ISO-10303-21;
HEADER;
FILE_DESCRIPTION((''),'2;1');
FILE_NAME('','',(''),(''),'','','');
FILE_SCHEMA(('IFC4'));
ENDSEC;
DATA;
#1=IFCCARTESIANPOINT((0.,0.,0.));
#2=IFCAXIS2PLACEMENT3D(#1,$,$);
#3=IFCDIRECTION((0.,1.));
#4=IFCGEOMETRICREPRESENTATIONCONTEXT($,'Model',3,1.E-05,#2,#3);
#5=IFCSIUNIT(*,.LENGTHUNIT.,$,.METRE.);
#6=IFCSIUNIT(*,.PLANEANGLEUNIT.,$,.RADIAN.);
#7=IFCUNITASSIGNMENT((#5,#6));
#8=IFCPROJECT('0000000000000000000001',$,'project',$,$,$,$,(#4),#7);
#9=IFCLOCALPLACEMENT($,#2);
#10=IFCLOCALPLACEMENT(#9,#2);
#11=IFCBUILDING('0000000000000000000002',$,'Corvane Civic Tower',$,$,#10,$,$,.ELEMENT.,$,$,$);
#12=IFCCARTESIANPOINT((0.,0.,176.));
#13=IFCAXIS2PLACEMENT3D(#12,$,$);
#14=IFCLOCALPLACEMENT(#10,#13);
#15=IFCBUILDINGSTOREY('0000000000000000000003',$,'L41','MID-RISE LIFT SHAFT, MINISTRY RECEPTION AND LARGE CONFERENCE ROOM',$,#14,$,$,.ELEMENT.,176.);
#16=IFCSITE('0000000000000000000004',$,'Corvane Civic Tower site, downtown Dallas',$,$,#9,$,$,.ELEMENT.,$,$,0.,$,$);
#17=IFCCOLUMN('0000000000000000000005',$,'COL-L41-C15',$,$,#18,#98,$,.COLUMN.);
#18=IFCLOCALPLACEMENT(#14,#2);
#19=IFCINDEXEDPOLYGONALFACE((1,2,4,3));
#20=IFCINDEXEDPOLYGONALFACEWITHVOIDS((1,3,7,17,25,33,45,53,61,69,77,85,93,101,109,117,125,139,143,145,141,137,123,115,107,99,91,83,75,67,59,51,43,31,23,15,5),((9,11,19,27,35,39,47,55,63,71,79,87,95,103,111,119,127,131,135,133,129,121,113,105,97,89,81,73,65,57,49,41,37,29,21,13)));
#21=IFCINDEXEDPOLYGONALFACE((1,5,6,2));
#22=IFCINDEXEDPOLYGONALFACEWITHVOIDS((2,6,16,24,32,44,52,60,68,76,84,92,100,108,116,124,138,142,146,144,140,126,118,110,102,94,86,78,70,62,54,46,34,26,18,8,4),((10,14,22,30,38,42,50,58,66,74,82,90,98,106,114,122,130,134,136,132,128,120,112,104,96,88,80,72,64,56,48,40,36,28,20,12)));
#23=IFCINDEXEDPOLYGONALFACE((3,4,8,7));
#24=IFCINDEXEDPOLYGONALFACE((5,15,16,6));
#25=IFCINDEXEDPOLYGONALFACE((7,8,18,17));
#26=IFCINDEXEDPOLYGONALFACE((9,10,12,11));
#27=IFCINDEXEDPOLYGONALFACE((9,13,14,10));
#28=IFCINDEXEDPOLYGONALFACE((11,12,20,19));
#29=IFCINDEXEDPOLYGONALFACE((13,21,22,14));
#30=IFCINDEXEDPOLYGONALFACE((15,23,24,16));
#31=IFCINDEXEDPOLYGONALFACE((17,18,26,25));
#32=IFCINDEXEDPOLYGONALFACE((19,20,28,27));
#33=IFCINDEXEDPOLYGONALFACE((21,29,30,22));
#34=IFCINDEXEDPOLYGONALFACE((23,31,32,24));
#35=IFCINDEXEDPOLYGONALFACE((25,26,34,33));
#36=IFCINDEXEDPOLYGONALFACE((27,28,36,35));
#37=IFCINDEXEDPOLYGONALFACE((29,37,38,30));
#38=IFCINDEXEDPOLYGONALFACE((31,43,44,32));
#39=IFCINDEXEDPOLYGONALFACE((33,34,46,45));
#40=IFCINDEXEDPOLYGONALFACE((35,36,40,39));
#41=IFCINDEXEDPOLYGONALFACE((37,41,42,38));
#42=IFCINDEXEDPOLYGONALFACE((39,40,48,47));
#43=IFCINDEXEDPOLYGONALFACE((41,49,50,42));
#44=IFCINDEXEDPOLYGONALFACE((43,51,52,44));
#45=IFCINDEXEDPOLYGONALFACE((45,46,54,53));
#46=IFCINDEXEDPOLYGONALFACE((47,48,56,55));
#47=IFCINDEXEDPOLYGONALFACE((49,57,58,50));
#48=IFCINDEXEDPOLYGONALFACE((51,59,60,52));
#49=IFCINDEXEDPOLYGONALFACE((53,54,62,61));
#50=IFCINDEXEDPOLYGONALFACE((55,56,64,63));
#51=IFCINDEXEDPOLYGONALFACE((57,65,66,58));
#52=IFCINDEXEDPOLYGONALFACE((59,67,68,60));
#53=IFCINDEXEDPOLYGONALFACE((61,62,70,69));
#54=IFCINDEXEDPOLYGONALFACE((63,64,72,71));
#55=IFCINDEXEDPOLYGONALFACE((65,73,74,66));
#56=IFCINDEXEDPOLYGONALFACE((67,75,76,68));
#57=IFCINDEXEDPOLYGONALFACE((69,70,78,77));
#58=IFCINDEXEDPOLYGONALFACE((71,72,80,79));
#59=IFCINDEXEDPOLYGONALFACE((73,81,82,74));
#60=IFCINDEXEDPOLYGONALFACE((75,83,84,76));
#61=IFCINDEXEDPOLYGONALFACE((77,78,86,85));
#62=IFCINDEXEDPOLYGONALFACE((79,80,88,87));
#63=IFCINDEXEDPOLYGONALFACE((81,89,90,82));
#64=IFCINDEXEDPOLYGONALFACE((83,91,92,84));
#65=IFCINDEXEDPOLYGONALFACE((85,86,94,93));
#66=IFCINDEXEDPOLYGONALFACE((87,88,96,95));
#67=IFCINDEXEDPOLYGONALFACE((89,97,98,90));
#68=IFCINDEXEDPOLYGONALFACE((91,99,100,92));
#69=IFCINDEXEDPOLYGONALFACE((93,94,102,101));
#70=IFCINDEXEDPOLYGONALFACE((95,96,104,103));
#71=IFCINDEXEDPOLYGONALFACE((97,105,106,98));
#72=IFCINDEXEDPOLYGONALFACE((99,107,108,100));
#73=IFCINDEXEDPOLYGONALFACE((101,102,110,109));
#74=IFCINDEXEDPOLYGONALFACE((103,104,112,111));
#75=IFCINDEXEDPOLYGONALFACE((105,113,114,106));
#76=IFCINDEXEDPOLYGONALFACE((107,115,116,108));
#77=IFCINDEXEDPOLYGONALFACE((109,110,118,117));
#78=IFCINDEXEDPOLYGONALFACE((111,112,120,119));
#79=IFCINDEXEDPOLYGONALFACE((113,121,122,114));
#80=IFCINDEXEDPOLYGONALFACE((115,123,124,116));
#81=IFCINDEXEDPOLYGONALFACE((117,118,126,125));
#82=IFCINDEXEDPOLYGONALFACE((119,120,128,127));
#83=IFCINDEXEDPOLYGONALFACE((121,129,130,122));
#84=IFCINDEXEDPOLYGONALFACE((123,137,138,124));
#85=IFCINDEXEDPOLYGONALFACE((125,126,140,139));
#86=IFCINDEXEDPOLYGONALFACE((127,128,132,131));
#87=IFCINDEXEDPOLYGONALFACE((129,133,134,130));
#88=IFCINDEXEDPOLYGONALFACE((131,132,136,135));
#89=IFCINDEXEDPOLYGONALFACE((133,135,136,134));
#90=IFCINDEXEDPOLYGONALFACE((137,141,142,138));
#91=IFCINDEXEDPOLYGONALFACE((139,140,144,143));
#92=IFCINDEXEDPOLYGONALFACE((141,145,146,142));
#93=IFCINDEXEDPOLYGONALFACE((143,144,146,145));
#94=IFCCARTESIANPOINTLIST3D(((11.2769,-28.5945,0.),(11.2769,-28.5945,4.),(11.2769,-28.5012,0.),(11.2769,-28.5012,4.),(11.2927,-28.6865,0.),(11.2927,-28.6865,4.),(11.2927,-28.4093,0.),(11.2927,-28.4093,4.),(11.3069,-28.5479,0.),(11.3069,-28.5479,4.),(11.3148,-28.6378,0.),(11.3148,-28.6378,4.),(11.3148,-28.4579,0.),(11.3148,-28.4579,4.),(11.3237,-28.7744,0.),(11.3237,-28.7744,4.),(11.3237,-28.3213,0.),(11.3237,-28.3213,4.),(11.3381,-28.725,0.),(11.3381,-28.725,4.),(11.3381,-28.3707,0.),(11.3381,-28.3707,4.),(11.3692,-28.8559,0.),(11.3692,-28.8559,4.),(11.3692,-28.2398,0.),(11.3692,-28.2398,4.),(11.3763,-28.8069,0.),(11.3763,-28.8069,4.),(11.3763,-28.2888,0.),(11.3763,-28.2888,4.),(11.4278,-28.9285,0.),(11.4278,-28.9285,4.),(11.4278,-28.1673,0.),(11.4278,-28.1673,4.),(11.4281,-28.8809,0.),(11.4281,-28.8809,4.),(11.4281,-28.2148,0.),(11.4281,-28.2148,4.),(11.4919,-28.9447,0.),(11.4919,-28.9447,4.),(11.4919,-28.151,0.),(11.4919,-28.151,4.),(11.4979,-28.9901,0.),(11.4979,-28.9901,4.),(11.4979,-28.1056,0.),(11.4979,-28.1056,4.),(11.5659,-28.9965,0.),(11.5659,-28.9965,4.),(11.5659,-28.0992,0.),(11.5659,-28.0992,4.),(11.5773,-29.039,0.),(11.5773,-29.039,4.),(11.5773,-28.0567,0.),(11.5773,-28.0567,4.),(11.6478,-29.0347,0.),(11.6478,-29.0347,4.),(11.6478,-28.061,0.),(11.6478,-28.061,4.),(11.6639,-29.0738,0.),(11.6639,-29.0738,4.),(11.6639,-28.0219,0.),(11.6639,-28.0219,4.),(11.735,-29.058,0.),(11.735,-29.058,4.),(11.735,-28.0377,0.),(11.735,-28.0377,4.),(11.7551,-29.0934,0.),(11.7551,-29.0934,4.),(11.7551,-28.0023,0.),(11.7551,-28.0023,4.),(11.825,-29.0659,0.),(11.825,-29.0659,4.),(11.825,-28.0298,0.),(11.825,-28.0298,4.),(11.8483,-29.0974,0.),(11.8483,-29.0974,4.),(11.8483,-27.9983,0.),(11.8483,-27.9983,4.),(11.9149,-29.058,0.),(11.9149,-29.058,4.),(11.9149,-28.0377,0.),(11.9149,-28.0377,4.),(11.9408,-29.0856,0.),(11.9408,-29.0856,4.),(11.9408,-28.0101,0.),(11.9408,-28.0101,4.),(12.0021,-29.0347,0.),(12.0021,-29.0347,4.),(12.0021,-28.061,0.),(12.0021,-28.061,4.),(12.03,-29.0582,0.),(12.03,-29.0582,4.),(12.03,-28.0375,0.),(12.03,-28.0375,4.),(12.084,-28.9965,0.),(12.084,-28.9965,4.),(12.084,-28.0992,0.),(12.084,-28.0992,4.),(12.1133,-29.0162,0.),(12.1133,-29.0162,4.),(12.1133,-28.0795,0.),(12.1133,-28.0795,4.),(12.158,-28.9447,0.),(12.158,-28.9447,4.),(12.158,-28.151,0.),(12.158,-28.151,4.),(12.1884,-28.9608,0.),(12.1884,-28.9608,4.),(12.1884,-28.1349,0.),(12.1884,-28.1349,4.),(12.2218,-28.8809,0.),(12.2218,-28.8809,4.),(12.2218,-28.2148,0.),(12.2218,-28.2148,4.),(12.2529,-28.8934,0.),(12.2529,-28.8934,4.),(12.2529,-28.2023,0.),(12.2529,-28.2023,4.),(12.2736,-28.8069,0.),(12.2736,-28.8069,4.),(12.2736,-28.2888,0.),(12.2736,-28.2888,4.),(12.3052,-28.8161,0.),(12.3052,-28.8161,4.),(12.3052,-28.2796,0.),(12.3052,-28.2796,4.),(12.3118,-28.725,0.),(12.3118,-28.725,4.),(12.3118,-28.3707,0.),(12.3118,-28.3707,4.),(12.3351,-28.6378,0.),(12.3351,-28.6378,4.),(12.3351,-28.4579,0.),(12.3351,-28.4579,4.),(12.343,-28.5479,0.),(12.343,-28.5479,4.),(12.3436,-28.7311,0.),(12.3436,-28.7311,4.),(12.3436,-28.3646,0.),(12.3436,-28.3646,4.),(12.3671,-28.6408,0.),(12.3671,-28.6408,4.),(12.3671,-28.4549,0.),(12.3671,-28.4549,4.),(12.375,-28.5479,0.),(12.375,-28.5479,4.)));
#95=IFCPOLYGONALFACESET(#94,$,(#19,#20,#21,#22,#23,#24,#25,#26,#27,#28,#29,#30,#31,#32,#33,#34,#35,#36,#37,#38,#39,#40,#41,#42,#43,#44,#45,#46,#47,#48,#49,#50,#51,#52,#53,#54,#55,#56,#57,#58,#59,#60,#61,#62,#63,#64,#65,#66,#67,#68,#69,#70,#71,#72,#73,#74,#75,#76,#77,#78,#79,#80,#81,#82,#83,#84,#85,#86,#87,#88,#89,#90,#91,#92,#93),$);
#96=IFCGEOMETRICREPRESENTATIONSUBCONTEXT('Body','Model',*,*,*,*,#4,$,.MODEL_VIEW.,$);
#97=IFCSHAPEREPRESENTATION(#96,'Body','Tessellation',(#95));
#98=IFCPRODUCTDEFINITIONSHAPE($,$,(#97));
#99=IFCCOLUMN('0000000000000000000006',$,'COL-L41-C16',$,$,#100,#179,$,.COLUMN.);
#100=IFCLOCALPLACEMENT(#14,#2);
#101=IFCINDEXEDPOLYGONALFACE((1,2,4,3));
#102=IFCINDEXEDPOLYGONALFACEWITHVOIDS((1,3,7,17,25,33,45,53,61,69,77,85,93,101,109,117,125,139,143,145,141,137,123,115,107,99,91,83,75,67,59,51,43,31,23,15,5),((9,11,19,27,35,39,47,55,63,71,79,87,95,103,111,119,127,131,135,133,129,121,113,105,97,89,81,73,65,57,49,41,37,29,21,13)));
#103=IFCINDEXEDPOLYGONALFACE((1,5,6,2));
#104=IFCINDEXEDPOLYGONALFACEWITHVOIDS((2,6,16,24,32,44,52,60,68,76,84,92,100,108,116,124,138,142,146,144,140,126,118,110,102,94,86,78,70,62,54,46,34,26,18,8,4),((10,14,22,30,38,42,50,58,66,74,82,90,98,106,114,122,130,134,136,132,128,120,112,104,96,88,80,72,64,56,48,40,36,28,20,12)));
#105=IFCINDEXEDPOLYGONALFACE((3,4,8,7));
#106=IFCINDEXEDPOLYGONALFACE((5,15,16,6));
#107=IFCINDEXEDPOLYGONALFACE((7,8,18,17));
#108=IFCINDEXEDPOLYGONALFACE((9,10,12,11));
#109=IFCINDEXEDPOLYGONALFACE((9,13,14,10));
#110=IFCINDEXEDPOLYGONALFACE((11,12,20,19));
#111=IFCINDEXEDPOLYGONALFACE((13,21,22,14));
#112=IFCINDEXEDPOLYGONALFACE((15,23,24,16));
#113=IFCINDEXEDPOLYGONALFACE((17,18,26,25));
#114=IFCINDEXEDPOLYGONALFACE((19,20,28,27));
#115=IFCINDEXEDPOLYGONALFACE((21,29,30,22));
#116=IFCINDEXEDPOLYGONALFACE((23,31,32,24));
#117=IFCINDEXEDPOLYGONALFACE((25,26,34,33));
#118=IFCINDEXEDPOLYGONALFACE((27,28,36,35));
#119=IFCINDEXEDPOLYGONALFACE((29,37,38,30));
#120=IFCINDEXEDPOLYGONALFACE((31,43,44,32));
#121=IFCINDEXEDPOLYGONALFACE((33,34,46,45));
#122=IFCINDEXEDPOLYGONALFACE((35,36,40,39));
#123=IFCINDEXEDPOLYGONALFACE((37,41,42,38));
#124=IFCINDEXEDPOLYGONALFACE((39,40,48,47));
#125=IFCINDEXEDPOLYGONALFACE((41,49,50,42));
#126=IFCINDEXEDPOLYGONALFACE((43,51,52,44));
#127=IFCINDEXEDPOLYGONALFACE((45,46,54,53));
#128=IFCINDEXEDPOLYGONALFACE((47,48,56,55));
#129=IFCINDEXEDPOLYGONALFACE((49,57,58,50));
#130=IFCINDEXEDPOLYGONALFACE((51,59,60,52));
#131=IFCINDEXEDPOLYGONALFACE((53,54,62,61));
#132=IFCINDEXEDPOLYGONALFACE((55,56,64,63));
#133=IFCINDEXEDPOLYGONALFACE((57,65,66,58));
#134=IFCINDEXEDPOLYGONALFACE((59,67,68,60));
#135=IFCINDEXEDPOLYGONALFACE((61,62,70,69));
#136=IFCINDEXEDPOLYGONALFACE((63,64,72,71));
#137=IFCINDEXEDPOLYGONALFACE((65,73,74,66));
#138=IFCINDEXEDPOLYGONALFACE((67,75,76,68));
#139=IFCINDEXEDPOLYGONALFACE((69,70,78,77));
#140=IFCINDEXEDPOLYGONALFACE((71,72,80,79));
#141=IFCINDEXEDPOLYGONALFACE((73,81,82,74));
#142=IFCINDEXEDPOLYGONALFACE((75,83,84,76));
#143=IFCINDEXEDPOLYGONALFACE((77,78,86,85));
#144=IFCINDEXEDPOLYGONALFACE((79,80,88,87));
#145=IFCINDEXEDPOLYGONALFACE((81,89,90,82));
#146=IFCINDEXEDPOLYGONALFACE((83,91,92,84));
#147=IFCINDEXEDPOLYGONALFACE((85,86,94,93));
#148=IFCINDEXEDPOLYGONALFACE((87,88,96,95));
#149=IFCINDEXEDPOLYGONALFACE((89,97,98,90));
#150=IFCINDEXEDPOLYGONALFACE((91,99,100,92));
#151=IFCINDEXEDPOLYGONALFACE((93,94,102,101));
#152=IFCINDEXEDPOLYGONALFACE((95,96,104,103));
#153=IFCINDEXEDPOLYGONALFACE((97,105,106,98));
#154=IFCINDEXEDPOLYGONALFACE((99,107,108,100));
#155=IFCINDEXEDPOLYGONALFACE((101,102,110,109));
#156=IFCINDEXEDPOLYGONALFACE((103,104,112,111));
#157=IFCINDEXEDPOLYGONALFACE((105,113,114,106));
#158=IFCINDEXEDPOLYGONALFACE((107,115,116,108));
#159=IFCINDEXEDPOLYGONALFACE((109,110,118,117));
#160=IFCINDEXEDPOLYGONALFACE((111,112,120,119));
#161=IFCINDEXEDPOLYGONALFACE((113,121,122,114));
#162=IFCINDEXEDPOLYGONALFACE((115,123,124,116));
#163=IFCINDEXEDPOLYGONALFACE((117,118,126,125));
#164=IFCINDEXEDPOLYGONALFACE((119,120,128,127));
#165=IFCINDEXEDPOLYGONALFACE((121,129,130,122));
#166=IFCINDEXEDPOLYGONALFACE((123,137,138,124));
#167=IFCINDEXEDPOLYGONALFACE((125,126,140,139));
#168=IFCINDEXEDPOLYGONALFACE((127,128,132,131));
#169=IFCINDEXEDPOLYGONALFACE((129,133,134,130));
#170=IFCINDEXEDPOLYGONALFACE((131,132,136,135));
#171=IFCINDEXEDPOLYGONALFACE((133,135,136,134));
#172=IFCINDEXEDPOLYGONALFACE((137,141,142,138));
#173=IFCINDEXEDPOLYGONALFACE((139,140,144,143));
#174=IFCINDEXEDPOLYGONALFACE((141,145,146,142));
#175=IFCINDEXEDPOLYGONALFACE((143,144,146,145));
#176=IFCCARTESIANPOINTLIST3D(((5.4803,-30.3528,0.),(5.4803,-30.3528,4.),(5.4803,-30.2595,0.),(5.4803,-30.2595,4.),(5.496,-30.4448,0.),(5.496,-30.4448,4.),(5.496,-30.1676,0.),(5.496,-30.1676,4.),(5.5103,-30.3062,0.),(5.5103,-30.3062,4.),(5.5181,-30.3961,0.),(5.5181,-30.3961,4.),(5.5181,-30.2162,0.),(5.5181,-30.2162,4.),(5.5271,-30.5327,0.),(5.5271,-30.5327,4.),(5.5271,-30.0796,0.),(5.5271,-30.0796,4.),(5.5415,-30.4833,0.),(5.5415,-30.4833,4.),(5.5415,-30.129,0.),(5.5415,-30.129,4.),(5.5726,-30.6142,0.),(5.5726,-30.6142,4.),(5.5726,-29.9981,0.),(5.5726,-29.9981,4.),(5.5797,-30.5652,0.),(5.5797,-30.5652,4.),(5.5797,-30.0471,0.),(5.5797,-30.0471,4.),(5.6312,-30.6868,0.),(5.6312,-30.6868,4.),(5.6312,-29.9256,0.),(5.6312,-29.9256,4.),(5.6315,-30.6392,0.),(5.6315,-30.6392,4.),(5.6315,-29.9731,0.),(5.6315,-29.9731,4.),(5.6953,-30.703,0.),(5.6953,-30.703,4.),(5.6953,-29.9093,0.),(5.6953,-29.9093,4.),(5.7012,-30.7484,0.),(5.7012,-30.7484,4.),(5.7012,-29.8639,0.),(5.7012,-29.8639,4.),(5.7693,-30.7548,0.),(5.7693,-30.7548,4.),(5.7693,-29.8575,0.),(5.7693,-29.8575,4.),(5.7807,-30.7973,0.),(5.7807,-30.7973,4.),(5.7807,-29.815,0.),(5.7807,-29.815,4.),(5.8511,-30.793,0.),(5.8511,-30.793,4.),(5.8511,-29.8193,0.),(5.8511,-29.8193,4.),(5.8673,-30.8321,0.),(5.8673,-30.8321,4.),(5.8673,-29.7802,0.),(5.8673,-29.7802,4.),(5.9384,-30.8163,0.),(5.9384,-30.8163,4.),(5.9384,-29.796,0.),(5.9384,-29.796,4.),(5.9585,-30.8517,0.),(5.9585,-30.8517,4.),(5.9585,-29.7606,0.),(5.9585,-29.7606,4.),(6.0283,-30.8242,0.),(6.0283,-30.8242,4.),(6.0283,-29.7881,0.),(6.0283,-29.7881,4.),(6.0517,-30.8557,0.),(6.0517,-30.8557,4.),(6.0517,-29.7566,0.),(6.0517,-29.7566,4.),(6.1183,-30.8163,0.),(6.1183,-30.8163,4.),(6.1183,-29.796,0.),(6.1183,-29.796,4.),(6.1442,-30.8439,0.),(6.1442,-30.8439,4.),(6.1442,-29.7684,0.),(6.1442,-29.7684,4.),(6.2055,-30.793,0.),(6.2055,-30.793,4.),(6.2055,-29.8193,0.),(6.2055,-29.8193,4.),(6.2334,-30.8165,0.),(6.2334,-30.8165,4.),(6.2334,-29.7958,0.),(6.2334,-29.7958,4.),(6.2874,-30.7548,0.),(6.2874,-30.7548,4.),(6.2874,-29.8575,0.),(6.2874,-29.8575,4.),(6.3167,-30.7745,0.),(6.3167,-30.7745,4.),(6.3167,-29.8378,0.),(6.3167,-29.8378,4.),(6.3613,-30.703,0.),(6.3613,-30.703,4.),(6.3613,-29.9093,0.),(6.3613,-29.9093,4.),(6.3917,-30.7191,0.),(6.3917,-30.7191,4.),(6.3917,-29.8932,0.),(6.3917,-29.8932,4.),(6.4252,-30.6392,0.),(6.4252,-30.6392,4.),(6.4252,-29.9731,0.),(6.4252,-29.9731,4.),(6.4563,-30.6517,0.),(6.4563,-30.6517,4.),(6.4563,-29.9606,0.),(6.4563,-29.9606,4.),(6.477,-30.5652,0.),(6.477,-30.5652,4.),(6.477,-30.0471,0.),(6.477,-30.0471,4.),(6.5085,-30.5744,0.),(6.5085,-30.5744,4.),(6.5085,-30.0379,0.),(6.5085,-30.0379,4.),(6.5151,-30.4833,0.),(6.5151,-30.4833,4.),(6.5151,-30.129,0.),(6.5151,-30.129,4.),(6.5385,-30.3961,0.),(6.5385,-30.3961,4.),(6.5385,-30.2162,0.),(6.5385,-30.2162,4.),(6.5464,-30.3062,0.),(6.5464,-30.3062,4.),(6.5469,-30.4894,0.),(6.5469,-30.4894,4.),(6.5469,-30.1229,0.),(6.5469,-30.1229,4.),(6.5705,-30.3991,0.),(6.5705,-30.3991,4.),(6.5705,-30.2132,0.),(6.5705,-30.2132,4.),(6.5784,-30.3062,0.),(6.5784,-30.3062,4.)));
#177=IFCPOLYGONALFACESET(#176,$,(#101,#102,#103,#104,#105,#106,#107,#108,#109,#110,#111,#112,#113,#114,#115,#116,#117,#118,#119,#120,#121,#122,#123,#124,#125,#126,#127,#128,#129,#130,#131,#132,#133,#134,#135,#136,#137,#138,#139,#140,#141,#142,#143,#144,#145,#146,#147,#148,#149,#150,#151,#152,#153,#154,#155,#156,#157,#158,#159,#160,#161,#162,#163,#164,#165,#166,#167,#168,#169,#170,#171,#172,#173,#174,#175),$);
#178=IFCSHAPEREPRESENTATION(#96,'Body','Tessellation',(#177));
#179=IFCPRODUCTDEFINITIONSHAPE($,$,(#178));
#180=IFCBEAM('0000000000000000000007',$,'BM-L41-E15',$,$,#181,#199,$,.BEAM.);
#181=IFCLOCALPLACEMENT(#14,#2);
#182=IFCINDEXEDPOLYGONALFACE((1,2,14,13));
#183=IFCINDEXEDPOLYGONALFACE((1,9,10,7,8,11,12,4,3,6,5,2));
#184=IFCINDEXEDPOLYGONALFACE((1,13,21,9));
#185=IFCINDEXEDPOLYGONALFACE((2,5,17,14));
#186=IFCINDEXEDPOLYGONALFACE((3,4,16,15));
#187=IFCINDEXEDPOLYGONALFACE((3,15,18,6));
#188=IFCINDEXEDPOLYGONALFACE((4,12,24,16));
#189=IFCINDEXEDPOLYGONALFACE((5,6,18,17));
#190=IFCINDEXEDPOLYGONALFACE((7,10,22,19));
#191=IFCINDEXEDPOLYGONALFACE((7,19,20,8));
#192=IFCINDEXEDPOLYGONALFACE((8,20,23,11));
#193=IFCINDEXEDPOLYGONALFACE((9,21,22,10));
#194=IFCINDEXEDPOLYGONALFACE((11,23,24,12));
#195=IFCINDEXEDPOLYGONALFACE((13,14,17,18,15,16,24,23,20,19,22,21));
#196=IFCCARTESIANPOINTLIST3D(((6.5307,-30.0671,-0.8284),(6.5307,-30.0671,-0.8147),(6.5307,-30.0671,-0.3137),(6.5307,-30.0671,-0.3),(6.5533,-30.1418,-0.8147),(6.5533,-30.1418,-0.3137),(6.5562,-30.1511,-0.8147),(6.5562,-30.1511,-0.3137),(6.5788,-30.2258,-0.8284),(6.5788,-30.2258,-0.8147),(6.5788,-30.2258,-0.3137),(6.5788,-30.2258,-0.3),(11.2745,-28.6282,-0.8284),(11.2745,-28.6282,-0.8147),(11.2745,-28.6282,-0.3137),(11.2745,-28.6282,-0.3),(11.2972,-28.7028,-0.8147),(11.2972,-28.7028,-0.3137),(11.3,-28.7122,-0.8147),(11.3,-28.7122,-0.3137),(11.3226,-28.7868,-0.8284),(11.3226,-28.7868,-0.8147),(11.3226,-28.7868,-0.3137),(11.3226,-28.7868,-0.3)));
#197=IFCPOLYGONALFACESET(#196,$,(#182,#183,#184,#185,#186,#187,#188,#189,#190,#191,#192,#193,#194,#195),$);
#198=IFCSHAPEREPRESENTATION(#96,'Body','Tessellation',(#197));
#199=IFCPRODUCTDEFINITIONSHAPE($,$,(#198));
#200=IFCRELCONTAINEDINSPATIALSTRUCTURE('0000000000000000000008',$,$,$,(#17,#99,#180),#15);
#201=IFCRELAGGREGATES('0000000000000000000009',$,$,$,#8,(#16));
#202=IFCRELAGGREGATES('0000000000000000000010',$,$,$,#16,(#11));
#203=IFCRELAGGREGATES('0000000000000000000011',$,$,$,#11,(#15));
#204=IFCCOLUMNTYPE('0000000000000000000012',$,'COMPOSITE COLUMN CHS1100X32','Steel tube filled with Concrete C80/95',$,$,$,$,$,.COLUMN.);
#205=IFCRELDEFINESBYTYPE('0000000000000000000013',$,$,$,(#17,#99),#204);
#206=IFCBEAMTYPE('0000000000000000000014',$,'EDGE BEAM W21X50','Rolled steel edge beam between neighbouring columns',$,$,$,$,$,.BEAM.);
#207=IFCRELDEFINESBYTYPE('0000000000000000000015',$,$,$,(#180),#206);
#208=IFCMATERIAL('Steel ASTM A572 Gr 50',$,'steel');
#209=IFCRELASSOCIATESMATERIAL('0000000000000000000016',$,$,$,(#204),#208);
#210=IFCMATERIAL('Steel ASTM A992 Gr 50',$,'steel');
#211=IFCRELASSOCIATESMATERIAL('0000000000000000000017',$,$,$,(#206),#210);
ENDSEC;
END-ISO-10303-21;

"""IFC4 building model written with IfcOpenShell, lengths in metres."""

from ifc_helpers import new_model, si_unit, direction, frame, origin, origin_2d, place, context, subcontext, project, spatial, hollow_circle, i_section, extrude, material, material_profile, profile_set, type_object, element, save


model = new_model("IFC4")

# Units and contexts
model_context = context("Model", 3, precision=1e-05, world=origin(), true_north=direction((0.0, 1.0)))
body_context = subcontext(model_context, "Body", "Model", "MODEL_VIEW")
ifc_project = project(units=[si_unit("LENGTHUNIT", "METRE"), si_unit("PLANEANGLEUNIT", "RADIAN")], contexts=[model_context])

# Site, building, storey
site_placement = place(None, origin())
site = spatial("IfcSite", under=ifc_project, at=site_placement, Name="Corvane Civic Tower site, downtown Dallas", CompositionType="ELEMENT", RefElevation=0.0)
building_placement = place(site_placement, origin())
building = spatial("IfcBuilding", under=site, at=building_placement, Name="Corvane Civic Tower", CompositionType="ELEMENT")
storey_placement = place(building_placement, frame((0.0, 0.0, 176.0)))
storey = spatial("IfcBuildingStorey", under=building, at=storey_placement, Name="L41", Description="MID-RISE LIFT SHAFT, MINISTRY RECEPTION AND LARGE CONFERENCE ROOM", CompositionType="ELEMENT", Elevation=176.0)

# Columns
ifc_material_1 = material(Name="Steel ASTM A572 Gr 50", Category="steel")
ifc_material_profile_1 = material_profile(ifc_material_1, hollow_circle(Radius=0.55, WallThickness=0.032, at=origin_2d()), Name="CHS1100X32")
ifc_profile_set_1 = profile_set([ifc_material_profile_1], Name="Steel ASTM A572 Gr 50")
column_type = type_object("IfcColumnType", Name="COMPOSITE COLUMN CHS1100X32", Description="Steel tube filled with Concrete C80/95", PredefinedType="COLUMN", material=ifc_profile_set_1)
for number, where, z_axis, x_axis, name in (
    (1, (11.825, -28.5479, 0.0), (0.0, 0.0, 1.0), (1.0, 0.0, 0.0), "COL-L41-C15"),
    (2, (6.0283, -30.3062, 0.0), (0.0, 0.0, 1.0), (1.0, 0.0, 0.0), "COL-L41-C16"),
):
    element("IfcColumn", number, at=place(storey_placement, frame(where, z_axis=z_axis, x_axis=x_axis)), inside=storey, type_object=column_type, Name=name, PredefinedType="COLUMN", context=body_context, shape_type="SweptSolid", body=[
        extrude(hollow_circle(Radius=0.55, WallThickness=0.032, at=origin_2d()), origin(), (0.0, 0.0, 1.0), 4.0),
    ])

# Beam
ifc_material_2 = material(Name="Steel ASTM A992 Gr 50", Category="steel")
ifc_material_profile_2 = material_profile(ifc_material_2, i_section(OverallWidth=0.1658, OverallDepth=0.5283, WebThickness=0.0098, FlangeThickness=0.0137, at=origin_2d()), Name="W21X50")
ifc_profile_set_2 = profile_set([ifc_material_profile_2], Name="Steel ASTM A992 Gr 50")
beam_type_1 = type_object("IfcBeamType", Name="EDGE BEAM W21X50", Description="Rolled steel edge beam between neighbouring columns", PredefinedType="BEAM", material=ifc_profile_set_2)
beam_1_placement = place(storey_placement, frame((11.2986, -28.7075, -0.5642), z_axis=(-0.956945, -0.29027, 0.0), x_axis=(0.29027, -0.956945, 0.0)))
element("IfcBeam", 3, at=beam_1_placement, inside=storey, type_object=beam_type_1, Name="BM-L41-E15", PredefinedType="BEAM", context=body_context, shape_type="SweptSolid", body=[
    extrude(i_section(OverallWidth=0.1658, OverallDepth=0.5283, WebThickness=0.0098, FlangeThickness=0.0137, at=origin_2d()), origin(), (0.0, 0.0, 1.0), 4.9573),
])

save(model, "model.ifc")
